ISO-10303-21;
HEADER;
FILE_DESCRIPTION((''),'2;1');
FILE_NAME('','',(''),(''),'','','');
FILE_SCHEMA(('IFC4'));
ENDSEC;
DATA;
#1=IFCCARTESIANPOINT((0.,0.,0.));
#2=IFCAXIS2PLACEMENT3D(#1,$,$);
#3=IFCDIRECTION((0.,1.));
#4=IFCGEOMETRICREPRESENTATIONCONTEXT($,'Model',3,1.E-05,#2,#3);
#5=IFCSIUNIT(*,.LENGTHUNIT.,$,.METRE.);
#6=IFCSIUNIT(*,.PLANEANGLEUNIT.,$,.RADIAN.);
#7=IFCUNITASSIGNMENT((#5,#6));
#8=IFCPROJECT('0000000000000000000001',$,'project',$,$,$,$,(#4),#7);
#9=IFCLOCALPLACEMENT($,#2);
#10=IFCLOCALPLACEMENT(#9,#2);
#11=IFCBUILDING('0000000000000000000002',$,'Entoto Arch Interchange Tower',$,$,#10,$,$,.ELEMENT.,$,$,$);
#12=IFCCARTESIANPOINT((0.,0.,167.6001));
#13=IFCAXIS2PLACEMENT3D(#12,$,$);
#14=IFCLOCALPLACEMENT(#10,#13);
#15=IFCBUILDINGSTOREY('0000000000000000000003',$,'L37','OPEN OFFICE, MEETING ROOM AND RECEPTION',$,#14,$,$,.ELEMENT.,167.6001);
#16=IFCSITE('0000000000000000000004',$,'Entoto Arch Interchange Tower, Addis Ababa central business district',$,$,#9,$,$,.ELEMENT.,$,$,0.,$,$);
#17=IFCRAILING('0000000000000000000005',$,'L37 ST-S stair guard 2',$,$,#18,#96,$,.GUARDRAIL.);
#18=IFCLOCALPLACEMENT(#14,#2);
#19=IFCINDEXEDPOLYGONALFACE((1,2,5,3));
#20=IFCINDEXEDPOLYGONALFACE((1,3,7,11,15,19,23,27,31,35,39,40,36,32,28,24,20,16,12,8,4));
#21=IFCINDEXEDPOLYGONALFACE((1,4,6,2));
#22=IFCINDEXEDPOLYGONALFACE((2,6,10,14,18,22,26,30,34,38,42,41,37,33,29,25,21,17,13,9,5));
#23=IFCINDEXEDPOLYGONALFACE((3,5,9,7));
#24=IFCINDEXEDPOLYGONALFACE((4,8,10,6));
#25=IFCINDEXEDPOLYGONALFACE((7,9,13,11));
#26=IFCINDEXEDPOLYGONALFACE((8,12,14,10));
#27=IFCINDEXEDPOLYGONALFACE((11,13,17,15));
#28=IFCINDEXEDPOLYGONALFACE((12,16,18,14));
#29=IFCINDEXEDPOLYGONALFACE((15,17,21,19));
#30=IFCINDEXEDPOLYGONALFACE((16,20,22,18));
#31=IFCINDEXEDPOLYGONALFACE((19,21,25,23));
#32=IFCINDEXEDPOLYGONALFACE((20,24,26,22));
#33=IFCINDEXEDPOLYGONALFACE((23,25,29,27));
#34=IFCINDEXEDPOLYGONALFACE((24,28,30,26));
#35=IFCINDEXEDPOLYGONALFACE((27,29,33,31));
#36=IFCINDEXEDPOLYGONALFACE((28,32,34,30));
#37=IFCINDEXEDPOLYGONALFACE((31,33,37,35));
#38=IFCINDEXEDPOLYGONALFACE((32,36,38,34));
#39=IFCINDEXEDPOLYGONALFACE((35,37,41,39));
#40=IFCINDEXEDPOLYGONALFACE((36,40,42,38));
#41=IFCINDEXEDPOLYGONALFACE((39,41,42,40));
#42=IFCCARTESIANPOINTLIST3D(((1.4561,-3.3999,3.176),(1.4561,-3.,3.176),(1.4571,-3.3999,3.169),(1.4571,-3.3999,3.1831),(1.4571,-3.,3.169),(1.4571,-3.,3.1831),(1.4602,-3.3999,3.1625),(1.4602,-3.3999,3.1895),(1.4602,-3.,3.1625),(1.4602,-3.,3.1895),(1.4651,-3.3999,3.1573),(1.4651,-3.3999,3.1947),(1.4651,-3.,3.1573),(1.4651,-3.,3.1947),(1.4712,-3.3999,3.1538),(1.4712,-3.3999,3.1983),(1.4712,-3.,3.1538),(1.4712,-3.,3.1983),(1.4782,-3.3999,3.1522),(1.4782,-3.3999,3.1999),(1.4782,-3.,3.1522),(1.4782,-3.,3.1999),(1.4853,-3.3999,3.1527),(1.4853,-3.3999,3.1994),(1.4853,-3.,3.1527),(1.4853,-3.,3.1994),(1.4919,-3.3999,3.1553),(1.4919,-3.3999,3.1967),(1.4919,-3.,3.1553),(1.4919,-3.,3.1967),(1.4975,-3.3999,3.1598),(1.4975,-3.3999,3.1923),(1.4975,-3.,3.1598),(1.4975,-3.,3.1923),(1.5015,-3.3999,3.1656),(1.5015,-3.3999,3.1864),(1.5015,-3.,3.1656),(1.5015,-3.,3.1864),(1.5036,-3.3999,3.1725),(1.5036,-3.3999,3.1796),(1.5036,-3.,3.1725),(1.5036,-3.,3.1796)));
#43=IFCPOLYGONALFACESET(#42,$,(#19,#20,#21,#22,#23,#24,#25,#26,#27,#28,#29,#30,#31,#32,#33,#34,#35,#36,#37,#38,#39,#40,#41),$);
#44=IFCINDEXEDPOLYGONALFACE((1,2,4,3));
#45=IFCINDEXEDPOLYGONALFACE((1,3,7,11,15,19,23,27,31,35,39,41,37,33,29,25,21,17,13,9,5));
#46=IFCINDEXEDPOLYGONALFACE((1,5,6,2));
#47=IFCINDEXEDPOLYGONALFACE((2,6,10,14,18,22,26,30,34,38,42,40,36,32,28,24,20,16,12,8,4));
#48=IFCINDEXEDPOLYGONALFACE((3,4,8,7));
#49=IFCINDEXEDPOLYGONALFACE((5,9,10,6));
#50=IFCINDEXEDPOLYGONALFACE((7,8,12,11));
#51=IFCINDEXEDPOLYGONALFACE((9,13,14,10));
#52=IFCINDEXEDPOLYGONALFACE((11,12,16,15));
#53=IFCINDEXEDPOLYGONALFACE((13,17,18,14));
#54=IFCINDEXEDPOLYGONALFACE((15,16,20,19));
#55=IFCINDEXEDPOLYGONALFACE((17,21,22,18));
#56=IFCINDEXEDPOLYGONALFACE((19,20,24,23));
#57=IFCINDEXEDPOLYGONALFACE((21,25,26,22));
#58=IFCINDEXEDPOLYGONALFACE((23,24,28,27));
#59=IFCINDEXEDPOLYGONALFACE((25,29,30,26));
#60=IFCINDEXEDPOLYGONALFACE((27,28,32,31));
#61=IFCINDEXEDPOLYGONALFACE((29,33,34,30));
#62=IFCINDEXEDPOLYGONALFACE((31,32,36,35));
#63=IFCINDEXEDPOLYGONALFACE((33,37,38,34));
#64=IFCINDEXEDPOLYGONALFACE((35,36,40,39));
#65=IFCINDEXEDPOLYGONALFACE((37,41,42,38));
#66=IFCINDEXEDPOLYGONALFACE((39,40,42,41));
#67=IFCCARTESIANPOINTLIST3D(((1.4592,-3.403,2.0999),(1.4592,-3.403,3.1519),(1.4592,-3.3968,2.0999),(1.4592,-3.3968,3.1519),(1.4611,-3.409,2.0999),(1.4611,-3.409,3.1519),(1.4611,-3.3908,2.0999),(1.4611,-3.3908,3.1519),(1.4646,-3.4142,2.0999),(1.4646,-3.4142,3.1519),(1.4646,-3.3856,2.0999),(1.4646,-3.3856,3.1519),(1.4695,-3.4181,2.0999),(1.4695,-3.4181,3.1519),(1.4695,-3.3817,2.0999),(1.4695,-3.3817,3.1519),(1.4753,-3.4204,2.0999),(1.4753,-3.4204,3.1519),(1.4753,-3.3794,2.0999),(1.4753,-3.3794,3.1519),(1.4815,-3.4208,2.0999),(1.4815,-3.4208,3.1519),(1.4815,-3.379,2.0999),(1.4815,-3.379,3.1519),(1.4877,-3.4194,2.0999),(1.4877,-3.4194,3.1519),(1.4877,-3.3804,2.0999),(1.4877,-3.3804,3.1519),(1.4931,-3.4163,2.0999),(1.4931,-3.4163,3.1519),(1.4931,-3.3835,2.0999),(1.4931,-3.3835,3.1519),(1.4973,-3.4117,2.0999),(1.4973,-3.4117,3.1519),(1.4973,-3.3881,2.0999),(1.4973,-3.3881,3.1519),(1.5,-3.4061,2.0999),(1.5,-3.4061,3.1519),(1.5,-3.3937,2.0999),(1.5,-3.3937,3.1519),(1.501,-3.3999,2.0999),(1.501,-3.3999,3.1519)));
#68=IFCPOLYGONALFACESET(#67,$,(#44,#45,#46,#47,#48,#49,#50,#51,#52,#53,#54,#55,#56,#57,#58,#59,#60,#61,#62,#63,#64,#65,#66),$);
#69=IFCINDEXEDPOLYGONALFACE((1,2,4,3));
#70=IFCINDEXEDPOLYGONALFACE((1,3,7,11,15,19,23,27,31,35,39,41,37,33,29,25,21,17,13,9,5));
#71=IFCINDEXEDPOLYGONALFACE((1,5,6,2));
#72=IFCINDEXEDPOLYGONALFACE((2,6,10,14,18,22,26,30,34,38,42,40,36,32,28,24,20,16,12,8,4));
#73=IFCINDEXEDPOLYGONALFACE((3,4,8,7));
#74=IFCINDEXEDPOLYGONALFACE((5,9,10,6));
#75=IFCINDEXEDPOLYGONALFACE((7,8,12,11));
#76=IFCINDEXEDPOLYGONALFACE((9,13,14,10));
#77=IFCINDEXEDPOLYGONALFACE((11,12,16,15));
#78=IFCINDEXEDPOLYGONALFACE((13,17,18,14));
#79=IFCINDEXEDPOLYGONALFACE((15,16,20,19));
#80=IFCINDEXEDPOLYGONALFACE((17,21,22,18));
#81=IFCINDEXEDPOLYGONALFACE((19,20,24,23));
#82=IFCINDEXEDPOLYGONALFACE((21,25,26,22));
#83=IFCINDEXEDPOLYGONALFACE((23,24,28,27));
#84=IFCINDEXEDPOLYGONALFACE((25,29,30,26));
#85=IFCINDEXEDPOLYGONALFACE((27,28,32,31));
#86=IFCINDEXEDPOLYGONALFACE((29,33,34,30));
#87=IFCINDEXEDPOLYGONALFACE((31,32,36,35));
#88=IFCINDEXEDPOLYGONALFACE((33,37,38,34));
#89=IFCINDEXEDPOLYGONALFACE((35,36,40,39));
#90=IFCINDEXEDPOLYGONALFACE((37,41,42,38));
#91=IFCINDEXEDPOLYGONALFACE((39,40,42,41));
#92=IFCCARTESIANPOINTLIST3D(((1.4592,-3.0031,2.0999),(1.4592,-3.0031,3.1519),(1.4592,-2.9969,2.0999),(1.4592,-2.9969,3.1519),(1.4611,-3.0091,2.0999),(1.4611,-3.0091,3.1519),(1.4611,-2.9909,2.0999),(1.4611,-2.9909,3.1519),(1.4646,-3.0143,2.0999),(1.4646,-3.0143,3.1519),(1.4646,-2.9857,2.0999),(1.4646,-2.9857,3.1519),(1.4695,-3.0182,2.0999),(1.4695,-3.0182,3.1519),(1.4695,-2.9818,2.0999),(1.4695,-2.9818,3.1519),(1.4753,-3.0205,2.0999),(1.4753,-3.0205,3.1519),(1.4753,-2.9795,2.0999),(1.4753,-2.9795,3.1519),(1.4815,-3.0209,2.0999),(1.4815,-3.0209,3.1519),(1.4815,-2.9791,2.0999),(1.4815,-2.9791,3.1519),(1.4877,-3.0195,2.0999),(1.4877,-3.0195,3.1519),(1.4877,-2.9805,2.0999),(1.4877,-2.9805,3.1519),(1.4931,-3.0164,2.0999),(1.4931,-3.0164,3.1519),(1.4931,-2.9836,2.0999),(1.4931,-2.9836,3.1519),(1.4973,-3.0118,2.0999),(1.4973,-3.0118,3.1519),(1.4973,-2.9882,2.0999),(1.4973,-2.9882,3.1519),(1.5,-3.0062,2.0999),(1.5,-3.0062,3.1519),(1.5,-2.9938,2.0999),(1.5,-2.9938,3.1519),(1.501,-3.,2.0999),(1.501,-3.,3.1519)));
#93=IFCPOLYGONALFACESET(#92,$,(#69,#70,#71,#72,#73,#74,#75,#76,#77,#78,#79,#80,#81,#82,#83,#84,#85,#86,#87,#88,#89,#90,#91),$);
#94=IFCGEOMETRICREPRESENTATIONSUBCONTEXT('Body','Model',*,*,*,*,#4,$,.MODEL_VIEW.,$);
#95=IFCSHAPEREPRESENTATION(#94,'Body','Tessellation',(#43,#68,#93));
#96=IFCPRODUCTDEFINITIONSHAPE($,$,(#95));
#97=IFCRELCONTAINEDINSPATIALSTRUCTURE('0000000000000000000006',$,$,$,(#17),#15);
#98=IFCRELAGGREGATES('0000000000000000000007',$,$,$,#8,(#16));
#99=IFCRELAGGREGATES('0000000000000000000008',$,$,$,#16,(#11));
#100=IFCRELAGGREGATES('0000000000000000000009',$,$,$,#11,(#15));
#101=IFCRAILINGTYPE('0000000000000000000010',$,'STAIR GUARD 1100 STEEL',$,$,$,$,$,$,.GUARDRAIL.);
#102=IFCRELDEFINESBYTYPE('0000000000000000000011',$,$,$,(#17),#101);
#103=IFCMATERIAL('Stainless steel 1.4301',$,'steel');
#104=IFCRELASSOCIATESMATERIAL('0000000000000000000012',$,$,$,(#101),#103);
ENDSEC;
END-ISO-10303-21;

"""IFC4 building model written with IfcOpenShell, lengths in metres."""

from ifc_helpers import new_model, si_unit, direction, frame, origin, origin_2d, place, context, subcontext, project, spatial, circle, extrude, material, type_object, element, save


model = new_model("IFC4")

# Units and contexts
model_context = context("Model", 3, precision=1e-05, world=origin(), true_north=direction((0.0, 1.0)))
body_context = subcontext(model_context, "Body", "Model", "MODEL_VIEW")
ifc_project = project(units=[si_unit("LENGTHUNIT", "METRE"), si_unit("PLANEANGLEUNIT", "RADIAN")], contexts=[model_context])

# Site, building, storey
site_placement = place(None, origin())
site = spatial("IfcSite", under=ifc_project, at=site_placement, Name="Entoto Arch Interchange Tower, Addis Ababa central business district", CompositionType="ELEMENT", RefElevation=0.0)
building_placement = place(site_placement, origin())
building = spatial("IfcBuilding", under=site, at=building_placement, Name="Entoto Arch Interchange Tower", CompositionType="ELEMENT")
storey_placement = place(building_placement, frame((0.0, 0.0, 167.6001)))
storey = spatial("IfcBuildingStorey", under=building, at=storey_placement, Name="L37", Description="OPEN OFFICE, MEETING ROOM AND RECEPTION", CompositionType="ELEMENT", Elevation=167.6001)

# Railing
ifc_material_1 = material(Name="Stainless steel 1.4301", Category="steel")
railing_type_1 = type_object("IfcRailingType", Name="STAIR GUARD 1100 STEEL", PredefinedType="GUARDRAIL", material=ifc_material_1)
railing_1_placement = place(storey_placement, frame((1.48, -3.3999, 2.0999)))
element("IfcRailing", 1, at=railing_1_placement, inside=storey, type_object=railing_type_1, Name="L37 ST-S stair guard 2", PredefinedType="GUARDRAIL", context=body_context, shape_type="SweptSolid", body=[
    extrude(circle(Radius=0.0239, at=origin_2d()), frame((0.0, 0.0, 1.0762), z_axis=(0.0, 1.0, 0.0), x_axis=(-1.0, 0.0, 0.0)), (0.0, 0.0, 1.0), 0.3999),
    extrude(circle(Radius=0.021, at=origin_2d()), origin(), (0.0, 0.0, 1.0), 1.052),
    extrude(circle(Radius=0.021, at=origin_2d()), frame((0.0, 0.3999, 0.0)), (0.0, 0.0, 1.0), 1.052),
])

save(model, "model.ifc")
